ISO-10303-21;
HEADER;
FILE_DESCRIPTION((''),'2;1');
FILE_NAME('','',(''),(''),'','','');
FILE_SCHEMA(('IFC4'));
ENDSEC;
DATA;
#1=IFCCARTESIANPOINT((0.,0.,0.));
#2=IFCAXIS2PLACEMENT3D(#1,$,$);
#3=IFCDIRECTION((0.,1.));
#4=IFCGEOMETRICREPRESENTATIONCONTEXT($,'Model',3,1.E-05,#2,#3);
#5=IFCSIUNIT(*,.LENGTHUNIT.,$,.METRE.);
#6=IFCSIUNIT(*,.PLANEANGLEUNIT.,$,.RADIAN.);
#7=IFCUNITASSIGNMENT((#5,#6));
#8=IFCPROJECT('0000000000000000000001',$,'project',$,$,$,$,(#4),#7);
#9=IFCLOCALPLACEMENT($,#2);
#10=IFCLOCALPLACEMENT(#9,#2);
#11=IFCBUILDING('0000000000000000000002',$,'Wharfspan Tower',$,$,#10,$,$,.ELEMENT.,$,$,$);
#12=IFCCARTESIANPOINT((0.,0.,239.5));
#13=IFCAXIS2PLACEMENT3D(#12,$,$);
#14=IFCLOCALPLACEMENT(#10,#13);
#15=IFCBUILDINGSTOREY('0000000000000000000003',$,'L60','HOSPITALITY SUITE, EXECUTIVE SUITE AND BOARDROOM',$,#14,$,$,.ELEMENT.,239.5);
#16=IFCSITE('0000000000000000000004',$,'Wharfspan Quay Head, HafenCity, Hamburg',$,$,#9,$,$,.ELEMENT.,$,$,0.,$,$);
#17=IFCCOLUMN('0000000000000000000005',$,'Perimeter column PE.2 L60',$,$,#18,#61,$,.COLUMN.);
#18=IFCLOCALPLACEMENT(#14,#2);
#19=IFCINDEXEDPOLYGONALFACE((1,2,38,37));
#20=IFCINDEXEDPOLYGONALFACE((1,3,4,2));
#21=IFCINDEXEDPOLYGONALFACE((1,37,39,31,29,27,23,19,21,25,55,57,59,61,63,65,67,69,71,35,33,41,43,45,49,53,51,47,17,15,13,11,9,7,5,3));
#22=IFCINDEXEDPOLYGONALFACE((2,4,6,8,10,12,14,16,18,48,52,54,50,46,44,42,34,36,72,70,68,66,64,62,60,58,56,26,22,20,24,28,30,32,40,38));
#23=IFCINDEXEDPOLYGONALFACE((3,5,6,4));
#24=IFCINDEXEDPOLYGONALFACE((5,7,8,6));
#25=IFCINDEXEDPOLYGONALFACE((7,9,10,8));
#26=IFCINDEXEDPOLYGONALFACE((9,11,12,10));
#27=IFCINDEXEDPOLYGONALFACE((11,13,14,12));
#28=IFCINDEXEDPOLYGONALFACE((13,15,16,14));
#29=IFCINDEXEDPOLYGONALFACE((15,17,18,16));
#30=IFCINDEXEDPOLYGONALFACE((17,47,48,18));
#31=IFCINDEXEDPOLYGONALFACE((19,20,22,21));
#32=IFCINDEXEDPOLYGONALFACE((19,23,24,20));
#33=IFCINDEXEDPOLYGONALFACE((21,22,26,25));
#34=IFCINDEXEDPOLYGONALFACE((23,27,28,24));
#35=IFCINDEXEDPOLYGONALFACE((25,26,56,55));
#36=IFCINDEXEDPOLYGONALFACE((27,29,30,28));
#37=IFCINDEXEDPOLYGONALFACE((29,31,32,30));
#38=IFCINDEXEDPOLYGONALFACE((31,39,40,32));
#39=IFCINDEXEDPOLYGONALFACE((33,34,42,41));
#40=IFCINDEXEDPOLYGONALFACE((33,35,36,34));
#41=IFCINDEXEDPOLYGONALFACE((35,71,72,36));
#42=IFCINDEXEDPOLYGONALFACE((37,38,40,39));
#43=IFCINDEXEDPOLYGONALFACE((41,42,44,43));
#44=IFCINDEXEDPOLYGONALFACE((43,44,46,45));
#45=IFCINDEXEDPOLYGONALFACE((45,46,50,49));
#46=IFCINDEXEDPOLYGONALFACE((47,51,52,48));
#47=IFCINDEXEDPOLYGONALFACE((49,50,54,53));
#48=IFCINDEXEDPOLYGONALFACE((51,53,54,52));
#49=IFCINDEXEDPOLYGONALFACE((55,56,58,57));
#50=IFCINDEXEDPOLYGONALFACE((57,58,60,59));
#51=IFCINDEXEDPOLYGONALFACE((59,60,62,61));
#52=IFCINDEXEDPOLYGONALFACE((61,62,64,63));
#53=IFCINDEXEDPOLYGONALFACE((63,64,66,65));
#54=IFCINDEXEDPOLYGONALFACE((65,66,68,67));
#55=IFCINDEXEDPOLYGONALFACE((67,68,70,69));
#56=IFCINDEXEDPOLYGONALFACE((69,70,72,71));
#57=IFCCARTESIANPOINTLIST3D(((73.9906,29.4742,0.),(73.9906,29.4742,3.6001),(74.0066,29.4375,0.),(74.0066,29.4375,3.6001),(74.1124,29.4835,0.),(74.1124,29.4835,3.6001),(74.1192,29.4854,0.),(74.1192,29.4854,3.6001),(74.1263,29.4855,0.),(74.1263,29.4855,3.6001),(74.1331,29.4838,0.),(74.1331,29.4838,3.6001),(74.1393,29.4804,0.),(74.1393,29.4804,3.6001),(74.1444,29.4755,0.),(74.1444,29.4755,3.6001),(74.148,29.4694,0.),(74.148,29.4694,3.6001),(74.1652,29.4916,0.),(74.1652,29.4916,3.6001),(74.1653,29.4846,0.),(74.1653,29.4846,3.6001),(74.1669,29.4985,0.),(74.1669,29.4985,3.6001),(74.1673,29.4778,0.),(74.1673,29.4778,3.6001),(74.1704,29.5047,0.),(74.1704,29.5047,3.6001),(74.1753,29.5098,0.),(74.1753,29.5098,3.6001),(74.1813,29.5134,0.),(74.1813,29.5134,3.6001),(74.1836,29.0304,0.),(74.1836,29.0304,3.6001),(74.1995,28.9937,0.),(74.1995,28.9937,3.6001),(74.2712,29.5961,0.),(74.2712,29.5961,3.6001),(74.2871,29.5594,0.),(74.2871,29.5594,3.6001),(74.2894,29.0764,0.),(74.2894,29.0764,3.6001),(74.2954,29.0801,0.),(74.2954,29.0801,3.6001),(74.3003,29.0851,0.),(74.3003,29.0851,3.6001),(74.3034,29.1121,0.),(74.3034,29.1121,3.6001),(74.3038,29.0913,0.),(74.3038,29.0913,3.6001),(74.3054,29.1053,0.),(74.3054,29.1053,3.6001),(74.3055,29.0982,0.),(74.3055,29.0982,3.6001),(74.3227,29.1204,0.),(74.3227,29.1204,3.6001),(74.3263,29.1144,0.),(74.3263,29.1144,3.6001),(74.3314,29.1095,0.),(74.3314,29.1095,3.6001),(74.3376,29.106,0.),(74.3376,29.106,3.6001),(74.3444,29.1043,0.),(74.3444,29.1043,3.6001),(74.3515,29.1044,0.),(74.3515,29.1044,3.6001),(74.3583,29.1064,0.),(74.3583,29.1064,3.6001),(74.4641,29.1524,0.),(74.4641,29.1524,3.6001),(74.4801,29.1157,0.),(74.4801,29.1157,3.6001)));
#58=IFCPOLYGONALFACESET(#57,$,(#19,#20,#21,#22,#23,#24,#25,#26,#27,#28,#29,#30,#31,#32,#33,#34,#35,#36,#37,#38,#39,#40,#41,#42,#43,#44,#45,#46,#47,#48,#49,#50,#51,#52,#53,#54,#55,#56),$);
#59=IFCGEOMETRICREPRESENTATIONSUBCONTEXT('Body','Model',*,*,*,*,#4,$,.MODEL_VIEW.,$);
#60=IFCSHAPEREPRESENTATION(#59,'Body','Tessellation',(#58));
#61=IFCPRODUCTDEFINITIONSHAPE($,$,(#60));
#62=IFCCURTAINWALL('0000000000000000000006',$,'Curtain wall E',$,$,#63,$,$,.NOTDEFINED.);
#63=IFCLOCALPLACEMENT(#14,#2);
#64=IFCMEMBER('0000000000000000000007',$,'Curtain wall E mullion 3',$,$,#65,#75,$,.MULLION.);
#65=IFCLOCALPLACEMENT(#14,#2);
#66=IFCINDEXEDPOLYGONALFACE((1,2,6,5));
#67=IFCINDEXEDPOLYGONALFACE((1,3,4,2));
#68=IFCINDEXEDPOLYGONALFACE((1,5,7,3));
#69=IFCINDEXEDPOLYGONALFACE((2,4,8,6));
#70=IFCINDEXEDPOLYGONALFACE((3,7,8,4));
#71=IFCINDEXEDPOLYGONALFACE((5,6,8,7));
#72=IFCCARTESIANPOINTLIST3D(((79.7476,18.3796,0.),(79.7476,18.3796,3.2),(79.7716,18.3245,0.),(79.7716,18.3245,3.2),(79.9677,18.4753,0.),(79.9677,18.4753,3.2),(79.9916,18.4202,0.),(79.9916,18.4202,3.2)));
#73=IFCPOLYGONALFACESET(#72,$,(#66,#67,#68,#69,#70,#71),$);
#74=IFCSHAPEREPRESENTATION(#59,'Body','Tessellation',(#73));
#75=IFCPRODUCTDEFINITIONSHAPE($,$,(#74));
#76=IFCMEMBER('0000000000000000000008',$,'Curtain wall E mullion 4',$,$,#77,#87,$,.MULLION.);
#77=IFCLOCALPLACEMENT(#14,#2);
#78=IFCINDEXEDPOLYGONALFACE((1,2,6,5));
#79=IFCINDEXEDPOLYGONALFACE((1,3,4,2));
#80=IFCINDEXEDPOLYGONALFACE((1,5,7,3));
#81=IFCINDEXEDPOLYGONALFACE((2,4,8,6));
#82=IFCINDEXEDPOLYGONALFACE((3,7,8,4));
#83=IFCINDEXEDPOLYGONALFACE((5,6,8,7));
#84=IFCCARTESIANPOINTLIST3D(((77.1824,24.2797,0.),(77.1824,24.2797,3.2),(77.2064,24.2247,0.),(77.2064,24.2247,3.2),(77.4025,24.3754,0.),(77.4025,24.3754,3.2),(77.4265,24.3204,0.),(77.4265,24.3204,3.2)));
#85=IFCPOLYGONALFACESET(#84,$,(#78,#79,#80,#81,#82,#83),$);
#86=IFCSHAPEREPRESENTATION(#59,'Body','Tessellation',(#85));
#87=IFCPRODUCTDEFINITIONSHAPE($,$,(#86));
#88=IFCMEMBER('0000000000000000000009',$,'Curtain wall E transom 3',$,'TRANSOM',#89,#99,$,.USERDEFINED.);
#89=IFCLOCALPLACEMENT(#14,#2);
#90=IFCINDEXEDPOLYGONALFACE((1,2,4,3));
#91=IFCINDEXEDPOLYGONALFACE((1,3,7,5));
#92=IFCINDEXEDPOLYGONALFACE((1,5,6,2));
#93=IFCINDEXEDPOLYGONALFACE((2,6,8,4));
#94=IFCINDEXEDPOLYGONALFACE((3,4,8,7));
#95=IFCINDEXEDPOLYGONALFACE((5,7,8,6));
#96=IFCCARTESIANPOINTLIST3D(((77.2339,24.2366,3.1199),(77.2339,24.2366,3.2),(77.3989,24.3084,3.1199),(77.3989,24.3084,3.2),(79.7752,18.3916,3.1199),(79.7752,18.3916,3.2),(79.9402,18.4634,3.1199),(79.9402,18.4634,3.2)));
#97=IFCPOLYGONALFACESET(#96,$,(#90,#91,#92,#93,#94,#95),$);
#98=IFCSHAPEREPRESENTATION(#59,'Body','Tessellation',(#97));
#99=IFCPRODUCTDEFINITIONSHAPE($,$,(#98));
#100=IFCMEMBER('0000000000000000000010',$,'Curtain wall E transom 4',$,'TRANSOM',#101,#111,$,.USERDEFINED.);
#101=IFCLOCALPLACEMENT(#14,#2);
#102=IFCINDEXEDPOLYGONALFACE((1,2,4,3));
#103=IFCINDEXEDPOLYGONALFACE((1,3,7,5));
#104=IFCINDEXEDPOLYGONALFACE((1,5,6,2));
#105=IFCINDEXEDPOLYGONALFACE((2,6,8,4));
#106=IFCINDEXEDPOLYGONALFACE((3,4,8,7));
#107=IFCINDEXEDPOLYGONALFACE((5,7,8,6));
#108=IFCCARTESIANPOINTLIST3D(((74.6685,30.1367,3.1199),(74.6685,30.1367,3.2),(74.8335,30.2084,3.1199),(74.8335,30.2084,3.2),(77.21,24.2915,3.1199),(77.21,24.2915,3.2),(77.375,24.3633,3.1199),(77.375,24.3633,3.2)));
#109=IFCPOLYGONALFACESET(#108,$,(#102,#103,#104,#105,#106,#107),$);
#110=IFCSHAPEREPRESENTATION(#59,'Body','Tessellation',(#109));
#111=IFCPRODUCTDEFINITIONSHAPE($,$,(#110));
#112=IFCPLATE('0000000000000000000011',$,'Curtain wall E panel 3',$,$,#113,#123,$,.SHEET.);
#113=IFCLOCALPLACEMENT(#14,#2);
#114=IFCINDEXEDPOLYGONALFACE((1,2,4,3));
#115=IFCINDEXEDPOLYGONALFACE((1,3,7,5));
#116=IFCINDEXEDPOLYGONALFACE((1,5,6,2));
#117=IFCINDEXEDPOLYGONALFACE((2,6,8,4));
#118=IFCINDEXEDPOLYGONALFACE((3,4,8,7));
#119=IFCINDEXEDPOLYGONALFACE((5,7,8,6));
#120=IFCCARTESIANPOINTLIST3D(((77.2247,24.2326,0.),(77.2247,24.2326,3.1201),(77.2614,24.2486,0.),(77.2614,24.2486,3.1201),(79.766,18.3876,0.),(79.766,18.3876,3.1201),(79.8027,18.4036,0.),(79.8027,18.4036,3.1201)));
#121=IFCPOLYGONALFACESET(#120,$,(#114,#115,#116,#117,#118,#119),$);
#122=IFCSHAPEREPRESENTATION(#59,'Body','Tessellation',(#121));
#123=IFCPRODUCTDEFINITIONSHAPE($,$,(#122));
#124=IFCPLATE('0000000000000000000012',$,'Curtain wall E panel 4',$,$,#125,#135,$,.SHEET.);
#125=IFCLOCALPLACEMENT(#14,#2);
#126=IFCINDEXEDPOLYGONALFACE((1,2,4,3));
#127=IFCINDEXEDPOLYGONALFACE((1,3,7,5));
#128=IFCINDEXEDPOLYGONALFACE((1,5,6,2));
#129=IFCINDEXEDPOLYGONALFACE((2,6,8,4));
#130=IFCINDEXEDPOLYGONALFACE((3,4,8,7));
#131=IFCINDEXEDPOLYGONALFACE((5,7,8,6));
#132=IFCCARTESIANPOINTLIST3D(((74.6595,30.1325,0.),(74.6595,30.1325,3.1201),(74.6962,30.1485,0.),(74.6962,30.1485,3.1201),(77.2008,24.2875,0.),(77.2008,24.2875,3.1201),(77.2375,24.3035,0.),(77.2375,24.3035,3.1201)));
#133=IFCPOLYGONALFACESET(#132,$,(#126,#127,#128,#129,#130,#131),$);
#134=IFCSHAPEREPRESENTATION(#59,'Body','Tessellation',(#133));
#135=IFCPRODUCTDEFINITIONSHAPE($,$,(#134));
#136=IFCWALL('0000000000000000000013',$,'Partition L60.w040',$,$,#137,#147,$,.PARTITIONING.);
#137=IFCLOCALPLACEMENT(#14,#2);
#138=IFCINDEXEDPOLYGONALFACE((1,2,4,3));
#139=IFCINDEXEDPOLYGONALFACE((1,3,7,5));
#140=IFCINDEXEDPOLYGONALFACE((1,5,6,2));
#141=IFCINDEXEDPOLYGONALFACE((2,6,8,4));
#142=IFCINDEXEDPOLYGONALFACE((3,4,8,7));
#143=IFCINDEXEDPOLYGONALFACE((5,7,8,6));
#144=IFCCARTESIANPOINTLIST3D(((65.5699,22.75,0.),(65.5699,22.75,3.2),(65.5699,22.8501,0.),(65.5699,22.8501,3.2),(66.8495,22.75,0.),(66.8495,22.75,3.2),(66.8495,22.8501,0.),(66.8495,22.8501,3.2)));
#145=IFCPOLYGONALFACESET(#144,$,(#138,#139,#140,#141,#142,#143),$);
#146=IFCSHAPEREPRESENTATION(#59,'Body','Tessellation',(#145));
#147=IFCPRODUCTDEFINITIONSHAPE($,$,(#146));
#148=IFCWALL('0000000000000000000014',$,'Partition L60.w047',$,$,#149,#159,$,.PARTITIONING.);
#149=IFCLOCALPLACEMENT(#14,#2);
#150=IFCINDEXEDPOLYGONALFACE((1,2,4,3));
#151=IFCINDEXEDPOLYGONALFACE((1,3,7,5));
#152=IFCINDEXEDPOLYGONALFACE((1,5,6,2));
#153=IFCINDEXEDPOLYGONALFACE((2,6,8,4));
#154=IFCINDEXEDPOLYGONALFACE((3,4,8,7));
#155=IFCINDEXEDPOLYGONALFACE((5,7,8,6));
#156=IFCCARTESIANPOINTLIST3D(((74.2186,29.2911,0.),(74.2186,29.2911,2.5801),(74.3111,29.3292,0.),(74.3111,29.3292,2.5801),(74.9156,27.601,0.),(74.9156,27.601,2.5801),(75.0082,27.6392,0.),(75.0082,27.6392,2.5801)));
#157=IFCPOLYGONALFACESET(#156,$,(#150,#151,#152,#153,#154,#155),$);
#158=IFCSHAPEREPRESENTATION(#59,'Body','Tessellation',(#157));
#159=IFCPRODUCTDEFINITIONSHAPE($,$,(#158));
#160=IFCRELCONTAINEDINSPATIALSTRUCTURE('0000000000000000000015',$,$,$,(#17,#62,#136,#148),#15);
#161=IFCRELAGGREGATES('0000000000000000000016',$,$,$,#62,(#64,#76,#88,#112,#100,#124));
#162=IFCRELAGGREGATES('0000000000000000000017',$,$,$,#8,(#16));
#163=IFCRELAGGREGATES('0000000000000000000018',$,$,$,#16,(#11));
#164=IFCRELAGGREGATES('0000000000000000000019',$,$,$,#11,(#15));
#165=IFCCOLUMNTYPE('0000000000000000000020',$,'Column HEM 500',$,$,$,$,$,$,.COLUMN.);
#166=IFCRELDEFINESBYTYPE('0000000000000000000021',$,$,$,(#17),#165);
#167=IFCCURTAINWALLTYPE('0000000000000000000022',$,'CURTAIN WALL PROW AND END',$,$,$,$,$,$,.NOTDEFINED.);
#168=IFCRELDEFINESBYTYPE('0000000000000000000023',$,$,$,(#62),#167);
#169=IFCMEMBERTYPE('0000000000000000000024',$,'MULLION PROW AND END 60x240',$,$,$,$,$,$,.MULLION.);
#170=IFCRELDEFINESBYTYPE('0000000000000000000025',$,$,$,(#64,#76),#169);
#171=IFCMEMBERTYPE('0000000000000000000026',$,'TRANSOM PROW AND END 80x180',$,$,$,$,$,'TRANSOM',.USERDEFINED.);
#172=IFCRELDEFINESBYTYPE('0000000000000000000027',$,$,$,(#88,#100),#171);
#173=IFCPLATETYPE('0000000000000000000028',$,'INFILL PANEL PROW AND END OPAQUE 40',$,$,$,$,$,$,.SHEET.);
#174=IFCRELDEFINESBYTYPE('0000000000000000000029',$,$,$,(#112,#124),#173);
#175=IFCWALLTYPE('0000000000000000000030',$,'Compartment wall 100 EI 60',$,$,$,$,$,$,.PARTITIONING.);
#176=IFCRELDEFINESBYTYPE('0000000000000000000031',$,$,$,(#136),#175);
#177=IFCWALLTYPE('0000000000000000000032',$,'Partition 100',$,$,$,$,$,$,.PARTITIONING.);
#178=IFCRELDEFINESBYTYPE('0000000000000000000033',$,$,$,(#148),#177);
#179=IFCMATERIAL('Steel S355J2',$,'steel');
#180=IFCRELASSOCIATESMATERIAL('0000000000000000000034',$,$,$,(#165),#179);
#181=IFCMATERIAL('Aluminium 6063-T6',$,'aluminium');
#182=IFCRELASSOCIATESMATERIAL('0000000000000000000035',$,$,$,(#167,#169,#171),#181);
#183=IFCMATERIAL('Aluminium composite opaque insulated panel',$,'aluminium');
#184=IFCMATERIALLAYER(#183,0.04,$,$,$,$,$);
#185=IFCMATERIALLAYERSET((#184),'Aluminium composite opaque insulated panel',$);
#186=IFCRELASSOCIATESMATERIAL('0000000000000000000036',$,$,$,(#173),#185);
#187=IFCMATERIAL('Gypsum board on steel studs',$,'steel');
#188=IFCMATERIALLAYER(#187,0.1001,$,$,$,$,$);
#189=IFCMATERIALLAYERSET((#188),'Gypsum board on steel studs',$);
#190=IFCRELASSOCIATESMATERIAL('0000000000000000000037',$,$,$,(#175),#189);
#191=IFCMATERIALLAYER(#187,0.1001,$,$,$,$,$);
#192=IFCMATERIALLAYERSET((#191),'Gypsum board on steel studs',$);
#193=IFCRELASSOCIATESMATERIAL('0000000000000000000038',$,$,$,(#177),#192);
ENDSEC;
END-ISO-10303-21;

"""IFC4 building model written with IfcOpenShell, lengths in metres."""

from ifc_helpers import new_model, si_unit, direction, frame, frame_2d, origin, origin_2d, place, context, subcontext, project, spatial, rectangle, i_section, extrude, material, layer, layer_set, material_profile, profile_set, type_object, element, aggregate, save


model = new_model("IFC4")

# Units and contexts
model_context = context("Model", 3, precision=1e-05, world=origin(), true_north=direction((0.0, 1.0)))
body_context = subcontext(model_context, "Body", "Model", "MODEL_VIEW")
ifc_project = project(units=[si_unit("LENGTHUNIT", "METRE"), si_unit("PLANEANGLEUNIT", "RADIAN")], contexts=[model_context])

# Site, building, storey
site_placement = place(None, origin())
site = spatial("IfcSite", under=ifc_project, at=site_placement, Name="Wharfspan Quay Head, HafenCity, Hamburg", CompositionType="ELEMENT", RefElevation=0.0)
building_placement = place(site_placement, origin())
building = spatial("IfcBuilding", under=site, at=building_placement, Name="Wharfspan Tower", CompositionType="ELEMENT")
storey_placement = place(building_placement, frame((0.0, 0.0, 239.5)))
storey = spatial("IfcBuildingStorey", under=building, at=storey_placement, Name="L60", Description="HOSPITALITY SUITE, EXECUTIVE SUITE AND BOARDROOM", CompositionType="ELEMENT", Elevation=239.5)

# Column
ifc_material_1 = material(Name="Steel S355J2", Category="steel")
ifc_material_profile_1 = material_profile(ifc_material_1, i_section(OverallWidth=0.3059, OverallDepth=0.5239, WebThickness=0.021, FlangeThickness=0.04, FilletRadius=0.0271, at=origin_2d()))
ifc_profile_set_1 = profile_set([ifc_material_profile_1], Name="Steel S355J2")
column_type = type_object("IfcColumnType", Name="Column HEM 500", PredefinedType="COLUMN", material=ifc_profile_set_1)
column_placement = place(storey_placement, frame((74.2354, 29.2949, 0.0), z_axis=(0.0, 0.0, 1.0), x_axis=(0.917072, 0.398727, 0.0)))
element("IfcColumn", 1, at=column_placement, inside=storey, type_object=column_type, Name="Perimeter column PE.2 L60", PredefinedType="COLUMN", context=body_context, shape_type="SweptSolid", body=[
    extrude(i_section(OverallWidth=0.3059, OverallDepth=0.5239, WebThickness=0.021, FlangeThickness=0.04, FilletRadius=0.0271, at=origin_2d()), origin(), (0.0, 0.0, 1.0), 3.6001),
])

# Curtain wall, members, plates
ifc_material_2 = material(Name="Aluminium 6063-T6", Category="aluminium")
curtain_wall_type = type_object("IfcCurtainWallType", Name="CURTAIN WALL PROW AND END", PredefinedType="NOTDEFINED", material=ifc_material_2)
curtain_wall_placement = place(storey_placement, origin())
curtain_wall = element("IfcCurtainWall", 2, at=curtain_wall_placement, inside=storey, type_object=curtain_wall_type, Name="Curtain wall E", PredefinedType="NOTDEFINED")
ifc_material_profile_2 = material_profile(ifc_material_2, rectangle(XDim=0.24, YDim=0.0601, at=origin_2d()))
ifc_profile_set_2 = profile_set([ifc_material_profile_2], Name="Aluminium 6063-T6")
member_type_1 = type_object("IfcMemberType", Name="MULLION PROW AND END 60x240", PredefinedType="MULLION", material=ifc_profile_set_2)
member_1_placement = place(storey_placement, frame((79.8696, 18.3999, 0.0), z_axis=(0.0, 0.0, 1.0), x_axis=(-0.917072, -0.398727, 0.0)))
member_1 = element("IfcMember", 3, at=member_1_placement, type_object=member_type_1, Name="Curtain wall E mullion 3", PredefinedType="MULLION", context=body_context, shape_type="SweptSolid", body=[
    extrude(rectangle(XDim=0.24, YDim=0.0601, at=origin_2d()), origin(), (0.0, 0.0, 1.0), 3.2),
])
member_2_placement = place(storey_placement, frame((77.3044, 24.3, 0.0), z_axis=(0.0, 0.0, 1.0), x_axis=(-0.917072, -0.398727, 0.0)))
member_2 = element("IfcMember", 4, at=member_2_placement, type_object=member_type_1, Name="Curtain wall E mullion 4", PredefinedType="MULLION", context=body_context, shape_type="SweptSolid", body=[
    extrude(rectangle(XDim=0.24, YDim=0.0601, at=origin_2d()), origin(), (0.0, 0.0, 1.0), 3.2),
])
ifc_material_profile_3 = material_profile(ifc_material_2, rectangle(XDim=0.1799, YDim=0.0801, at=origin_2d()))
ifc_profile_set_3 = profile_set([ifc_material_profile_3], Name="Aluminium 6063-T6")
member_type_2 = type_object("IfcMemberType", Name="TRANSOM PROW AND END 80x180", ElementType="TRANSOM", PredefinedType="USERDEFINED", material=ifc_profile_set_3)
member_3_placement = place(storey_placement, frame((79.8577, 18.4275, 3.1599), z_axis=(-0.398722, 0.917072, 0.0), x_axis=(-0.917072, -0.398722, 0.0)))
member_3 = element("IfcMember", 5, at=member_3_placement, type_object=member_type_2, Name="Curtain wall E transom 3", ObjectType="TRANSOM", PredefinedType="USERDEFINED", context=body_context, shape_type="SweptSolid", body=[
    extrude(rectangle(XDim=0.1799, YDim=0.0801, at=origin_2d()), origin(), (0.0, 0.0, 1.0), 6.3735),
])
member_4_placement = place(storey_placement, frame((77.2925, 24.3274, 3.1599), z_axis=(-0.39874, 0.917064, 0.0), x_axis=(-0.917064, -0.39874, 0.0)))
member_4 = element("IfcMember", 6, at=member_4_placement, type_object=member_type_2, Name="Curtain wall E transom 4", ObjectType="TRANSOM", PredefinedType="USERDEFINED", context=body_context, shape_type="SweptSolid", body=[
    extrude(rectangle(XDim=0.1799, YDim=0.0801, at=origin_2d()), origin(), (0.0, 0.0, 1.0), 6.3738),
])
ifc_material_3 = material(Name="Aluminium composite opaque insulated panel", Category="aluminium")
ifc_layer_1 = layer(ifc_material_3, 0.04)
ifc_layer_set_1 = layer_set([ifc_layer_1], Name="Aluminium composite opaque insulated panel")
plate_type = type_object("IfcPlateType", Name="INFILL PANEL PROW AND END OPAQUE 40", PredefinedType="SHEET", material=ifc_layer_set_1)
plate_1_placement = place(storey_placement, frame((78.5137, 21.3181, 0.0), z_axis=(0.0, 0.0, 1.0), x_axis=(-0.398727, 0.917072, 0.0)))
plate_1 = element("IfcPlate", 7, at=plate_1_placement, type_object=plate_type, Name="Curtain wall E panel 3", PredefinedType="SHEET", context=body_context, shape_type="SweptSolid", body=[
    extrude(rectangle(XDim=6.3735, YDim=0.04, at=origin_2d()), origin(), (0.0, 0.0, 1.0), 3.1201),
])
plate_2_placement = place(storey_placement, frame((75.9485, 27.218, 0.0), z_axis=(0.0, 0.0, 1.0), x_axis=(-0.398727, 0.917072, 0.0)))
plate_2 = element("IfcPlate", 8, at=plate_2_placement, type_object=plate_type, Name="Curtain wall E panel 4", PredefinedType="SHEET", context=body_context, shape_type="SweptSolid", body=[
    extrude(rectangle(XDim=6.3735, YDim=0.04, at=origin_2d()), origin(), (0.0, 0.0, 1.0), 3.1201),
])
aggregate(curtain_wall, [member_1, member_2, member_3, plate_1, member_4, plate_2])

# Walls
ifc_material_4 = material(Name="Gypsum board on steel studs", Category="steel")
ifc_layer_2 = layer(ifc_material_4, 0.1001)
ifc_layer_set_2 = layer_set([ifc_layer_2], Name="Gypsum board on steel studs")
wall_type_1 = type_object("IfcWallType", Name="Compartment wall 100 EI 60", PredefinedType="PARTITIONING", material=ifc_layer_set_2)
wall_1_placement = place(storey_placement, frame((65.5701, 22.8, 0.0), z_axis=(0.0, 0.0, 1.0), x_axis=(1.0, 0.0, 0.0)))
element("IfcWall", 9, at=wall_1_placement, inside=storey, type_object=wall_type_1, Name="Partition L60.w040", PredefinedType="PARTITIONING", context=body_context, shape_type="SweptSolid", body=[
    extrude(rectangle(XDim=1.2795, YDim=0.1001, at=frame_2d((0.6396, 0.0))), origin(), (0.0, 0.0, 1.0), 3.2),
])
ifc_layer_3 = layer(ifc_material_4, 0.1001)
ifc_layer_set_3 = layer_set([ifc_layer_3], Name="Gypsum board on steel studs")
wall_type_2 = type_object("IfcWallType", Name="Partition 100", PredefinedType="PARTITIONING", material=ifc_layer_set_3)
wall_2_placement = place(storey_placement, frame((74.9619, 27.6201, 0.0), z_axis=(0.0, 0.0, 1.0), x_axis=(-0.381293, 0.924452, 0.0)))
element("IfcWall", 10, at=wall_2_placement, inside=storey, type_object=wall_type_2, Name="Partition L60.w047", PredefinedType="PARTITIONING", context=body_context, shape_type="SweptSolid", body=[
    extrude(rectangle(XDim=1.8281, YDim=0.1001, at=frame_2d((0.9141, 0.0))), origin(), (0.0, 0.0, 1.0), 2.5801),
])

save(model, "model.ifc")
